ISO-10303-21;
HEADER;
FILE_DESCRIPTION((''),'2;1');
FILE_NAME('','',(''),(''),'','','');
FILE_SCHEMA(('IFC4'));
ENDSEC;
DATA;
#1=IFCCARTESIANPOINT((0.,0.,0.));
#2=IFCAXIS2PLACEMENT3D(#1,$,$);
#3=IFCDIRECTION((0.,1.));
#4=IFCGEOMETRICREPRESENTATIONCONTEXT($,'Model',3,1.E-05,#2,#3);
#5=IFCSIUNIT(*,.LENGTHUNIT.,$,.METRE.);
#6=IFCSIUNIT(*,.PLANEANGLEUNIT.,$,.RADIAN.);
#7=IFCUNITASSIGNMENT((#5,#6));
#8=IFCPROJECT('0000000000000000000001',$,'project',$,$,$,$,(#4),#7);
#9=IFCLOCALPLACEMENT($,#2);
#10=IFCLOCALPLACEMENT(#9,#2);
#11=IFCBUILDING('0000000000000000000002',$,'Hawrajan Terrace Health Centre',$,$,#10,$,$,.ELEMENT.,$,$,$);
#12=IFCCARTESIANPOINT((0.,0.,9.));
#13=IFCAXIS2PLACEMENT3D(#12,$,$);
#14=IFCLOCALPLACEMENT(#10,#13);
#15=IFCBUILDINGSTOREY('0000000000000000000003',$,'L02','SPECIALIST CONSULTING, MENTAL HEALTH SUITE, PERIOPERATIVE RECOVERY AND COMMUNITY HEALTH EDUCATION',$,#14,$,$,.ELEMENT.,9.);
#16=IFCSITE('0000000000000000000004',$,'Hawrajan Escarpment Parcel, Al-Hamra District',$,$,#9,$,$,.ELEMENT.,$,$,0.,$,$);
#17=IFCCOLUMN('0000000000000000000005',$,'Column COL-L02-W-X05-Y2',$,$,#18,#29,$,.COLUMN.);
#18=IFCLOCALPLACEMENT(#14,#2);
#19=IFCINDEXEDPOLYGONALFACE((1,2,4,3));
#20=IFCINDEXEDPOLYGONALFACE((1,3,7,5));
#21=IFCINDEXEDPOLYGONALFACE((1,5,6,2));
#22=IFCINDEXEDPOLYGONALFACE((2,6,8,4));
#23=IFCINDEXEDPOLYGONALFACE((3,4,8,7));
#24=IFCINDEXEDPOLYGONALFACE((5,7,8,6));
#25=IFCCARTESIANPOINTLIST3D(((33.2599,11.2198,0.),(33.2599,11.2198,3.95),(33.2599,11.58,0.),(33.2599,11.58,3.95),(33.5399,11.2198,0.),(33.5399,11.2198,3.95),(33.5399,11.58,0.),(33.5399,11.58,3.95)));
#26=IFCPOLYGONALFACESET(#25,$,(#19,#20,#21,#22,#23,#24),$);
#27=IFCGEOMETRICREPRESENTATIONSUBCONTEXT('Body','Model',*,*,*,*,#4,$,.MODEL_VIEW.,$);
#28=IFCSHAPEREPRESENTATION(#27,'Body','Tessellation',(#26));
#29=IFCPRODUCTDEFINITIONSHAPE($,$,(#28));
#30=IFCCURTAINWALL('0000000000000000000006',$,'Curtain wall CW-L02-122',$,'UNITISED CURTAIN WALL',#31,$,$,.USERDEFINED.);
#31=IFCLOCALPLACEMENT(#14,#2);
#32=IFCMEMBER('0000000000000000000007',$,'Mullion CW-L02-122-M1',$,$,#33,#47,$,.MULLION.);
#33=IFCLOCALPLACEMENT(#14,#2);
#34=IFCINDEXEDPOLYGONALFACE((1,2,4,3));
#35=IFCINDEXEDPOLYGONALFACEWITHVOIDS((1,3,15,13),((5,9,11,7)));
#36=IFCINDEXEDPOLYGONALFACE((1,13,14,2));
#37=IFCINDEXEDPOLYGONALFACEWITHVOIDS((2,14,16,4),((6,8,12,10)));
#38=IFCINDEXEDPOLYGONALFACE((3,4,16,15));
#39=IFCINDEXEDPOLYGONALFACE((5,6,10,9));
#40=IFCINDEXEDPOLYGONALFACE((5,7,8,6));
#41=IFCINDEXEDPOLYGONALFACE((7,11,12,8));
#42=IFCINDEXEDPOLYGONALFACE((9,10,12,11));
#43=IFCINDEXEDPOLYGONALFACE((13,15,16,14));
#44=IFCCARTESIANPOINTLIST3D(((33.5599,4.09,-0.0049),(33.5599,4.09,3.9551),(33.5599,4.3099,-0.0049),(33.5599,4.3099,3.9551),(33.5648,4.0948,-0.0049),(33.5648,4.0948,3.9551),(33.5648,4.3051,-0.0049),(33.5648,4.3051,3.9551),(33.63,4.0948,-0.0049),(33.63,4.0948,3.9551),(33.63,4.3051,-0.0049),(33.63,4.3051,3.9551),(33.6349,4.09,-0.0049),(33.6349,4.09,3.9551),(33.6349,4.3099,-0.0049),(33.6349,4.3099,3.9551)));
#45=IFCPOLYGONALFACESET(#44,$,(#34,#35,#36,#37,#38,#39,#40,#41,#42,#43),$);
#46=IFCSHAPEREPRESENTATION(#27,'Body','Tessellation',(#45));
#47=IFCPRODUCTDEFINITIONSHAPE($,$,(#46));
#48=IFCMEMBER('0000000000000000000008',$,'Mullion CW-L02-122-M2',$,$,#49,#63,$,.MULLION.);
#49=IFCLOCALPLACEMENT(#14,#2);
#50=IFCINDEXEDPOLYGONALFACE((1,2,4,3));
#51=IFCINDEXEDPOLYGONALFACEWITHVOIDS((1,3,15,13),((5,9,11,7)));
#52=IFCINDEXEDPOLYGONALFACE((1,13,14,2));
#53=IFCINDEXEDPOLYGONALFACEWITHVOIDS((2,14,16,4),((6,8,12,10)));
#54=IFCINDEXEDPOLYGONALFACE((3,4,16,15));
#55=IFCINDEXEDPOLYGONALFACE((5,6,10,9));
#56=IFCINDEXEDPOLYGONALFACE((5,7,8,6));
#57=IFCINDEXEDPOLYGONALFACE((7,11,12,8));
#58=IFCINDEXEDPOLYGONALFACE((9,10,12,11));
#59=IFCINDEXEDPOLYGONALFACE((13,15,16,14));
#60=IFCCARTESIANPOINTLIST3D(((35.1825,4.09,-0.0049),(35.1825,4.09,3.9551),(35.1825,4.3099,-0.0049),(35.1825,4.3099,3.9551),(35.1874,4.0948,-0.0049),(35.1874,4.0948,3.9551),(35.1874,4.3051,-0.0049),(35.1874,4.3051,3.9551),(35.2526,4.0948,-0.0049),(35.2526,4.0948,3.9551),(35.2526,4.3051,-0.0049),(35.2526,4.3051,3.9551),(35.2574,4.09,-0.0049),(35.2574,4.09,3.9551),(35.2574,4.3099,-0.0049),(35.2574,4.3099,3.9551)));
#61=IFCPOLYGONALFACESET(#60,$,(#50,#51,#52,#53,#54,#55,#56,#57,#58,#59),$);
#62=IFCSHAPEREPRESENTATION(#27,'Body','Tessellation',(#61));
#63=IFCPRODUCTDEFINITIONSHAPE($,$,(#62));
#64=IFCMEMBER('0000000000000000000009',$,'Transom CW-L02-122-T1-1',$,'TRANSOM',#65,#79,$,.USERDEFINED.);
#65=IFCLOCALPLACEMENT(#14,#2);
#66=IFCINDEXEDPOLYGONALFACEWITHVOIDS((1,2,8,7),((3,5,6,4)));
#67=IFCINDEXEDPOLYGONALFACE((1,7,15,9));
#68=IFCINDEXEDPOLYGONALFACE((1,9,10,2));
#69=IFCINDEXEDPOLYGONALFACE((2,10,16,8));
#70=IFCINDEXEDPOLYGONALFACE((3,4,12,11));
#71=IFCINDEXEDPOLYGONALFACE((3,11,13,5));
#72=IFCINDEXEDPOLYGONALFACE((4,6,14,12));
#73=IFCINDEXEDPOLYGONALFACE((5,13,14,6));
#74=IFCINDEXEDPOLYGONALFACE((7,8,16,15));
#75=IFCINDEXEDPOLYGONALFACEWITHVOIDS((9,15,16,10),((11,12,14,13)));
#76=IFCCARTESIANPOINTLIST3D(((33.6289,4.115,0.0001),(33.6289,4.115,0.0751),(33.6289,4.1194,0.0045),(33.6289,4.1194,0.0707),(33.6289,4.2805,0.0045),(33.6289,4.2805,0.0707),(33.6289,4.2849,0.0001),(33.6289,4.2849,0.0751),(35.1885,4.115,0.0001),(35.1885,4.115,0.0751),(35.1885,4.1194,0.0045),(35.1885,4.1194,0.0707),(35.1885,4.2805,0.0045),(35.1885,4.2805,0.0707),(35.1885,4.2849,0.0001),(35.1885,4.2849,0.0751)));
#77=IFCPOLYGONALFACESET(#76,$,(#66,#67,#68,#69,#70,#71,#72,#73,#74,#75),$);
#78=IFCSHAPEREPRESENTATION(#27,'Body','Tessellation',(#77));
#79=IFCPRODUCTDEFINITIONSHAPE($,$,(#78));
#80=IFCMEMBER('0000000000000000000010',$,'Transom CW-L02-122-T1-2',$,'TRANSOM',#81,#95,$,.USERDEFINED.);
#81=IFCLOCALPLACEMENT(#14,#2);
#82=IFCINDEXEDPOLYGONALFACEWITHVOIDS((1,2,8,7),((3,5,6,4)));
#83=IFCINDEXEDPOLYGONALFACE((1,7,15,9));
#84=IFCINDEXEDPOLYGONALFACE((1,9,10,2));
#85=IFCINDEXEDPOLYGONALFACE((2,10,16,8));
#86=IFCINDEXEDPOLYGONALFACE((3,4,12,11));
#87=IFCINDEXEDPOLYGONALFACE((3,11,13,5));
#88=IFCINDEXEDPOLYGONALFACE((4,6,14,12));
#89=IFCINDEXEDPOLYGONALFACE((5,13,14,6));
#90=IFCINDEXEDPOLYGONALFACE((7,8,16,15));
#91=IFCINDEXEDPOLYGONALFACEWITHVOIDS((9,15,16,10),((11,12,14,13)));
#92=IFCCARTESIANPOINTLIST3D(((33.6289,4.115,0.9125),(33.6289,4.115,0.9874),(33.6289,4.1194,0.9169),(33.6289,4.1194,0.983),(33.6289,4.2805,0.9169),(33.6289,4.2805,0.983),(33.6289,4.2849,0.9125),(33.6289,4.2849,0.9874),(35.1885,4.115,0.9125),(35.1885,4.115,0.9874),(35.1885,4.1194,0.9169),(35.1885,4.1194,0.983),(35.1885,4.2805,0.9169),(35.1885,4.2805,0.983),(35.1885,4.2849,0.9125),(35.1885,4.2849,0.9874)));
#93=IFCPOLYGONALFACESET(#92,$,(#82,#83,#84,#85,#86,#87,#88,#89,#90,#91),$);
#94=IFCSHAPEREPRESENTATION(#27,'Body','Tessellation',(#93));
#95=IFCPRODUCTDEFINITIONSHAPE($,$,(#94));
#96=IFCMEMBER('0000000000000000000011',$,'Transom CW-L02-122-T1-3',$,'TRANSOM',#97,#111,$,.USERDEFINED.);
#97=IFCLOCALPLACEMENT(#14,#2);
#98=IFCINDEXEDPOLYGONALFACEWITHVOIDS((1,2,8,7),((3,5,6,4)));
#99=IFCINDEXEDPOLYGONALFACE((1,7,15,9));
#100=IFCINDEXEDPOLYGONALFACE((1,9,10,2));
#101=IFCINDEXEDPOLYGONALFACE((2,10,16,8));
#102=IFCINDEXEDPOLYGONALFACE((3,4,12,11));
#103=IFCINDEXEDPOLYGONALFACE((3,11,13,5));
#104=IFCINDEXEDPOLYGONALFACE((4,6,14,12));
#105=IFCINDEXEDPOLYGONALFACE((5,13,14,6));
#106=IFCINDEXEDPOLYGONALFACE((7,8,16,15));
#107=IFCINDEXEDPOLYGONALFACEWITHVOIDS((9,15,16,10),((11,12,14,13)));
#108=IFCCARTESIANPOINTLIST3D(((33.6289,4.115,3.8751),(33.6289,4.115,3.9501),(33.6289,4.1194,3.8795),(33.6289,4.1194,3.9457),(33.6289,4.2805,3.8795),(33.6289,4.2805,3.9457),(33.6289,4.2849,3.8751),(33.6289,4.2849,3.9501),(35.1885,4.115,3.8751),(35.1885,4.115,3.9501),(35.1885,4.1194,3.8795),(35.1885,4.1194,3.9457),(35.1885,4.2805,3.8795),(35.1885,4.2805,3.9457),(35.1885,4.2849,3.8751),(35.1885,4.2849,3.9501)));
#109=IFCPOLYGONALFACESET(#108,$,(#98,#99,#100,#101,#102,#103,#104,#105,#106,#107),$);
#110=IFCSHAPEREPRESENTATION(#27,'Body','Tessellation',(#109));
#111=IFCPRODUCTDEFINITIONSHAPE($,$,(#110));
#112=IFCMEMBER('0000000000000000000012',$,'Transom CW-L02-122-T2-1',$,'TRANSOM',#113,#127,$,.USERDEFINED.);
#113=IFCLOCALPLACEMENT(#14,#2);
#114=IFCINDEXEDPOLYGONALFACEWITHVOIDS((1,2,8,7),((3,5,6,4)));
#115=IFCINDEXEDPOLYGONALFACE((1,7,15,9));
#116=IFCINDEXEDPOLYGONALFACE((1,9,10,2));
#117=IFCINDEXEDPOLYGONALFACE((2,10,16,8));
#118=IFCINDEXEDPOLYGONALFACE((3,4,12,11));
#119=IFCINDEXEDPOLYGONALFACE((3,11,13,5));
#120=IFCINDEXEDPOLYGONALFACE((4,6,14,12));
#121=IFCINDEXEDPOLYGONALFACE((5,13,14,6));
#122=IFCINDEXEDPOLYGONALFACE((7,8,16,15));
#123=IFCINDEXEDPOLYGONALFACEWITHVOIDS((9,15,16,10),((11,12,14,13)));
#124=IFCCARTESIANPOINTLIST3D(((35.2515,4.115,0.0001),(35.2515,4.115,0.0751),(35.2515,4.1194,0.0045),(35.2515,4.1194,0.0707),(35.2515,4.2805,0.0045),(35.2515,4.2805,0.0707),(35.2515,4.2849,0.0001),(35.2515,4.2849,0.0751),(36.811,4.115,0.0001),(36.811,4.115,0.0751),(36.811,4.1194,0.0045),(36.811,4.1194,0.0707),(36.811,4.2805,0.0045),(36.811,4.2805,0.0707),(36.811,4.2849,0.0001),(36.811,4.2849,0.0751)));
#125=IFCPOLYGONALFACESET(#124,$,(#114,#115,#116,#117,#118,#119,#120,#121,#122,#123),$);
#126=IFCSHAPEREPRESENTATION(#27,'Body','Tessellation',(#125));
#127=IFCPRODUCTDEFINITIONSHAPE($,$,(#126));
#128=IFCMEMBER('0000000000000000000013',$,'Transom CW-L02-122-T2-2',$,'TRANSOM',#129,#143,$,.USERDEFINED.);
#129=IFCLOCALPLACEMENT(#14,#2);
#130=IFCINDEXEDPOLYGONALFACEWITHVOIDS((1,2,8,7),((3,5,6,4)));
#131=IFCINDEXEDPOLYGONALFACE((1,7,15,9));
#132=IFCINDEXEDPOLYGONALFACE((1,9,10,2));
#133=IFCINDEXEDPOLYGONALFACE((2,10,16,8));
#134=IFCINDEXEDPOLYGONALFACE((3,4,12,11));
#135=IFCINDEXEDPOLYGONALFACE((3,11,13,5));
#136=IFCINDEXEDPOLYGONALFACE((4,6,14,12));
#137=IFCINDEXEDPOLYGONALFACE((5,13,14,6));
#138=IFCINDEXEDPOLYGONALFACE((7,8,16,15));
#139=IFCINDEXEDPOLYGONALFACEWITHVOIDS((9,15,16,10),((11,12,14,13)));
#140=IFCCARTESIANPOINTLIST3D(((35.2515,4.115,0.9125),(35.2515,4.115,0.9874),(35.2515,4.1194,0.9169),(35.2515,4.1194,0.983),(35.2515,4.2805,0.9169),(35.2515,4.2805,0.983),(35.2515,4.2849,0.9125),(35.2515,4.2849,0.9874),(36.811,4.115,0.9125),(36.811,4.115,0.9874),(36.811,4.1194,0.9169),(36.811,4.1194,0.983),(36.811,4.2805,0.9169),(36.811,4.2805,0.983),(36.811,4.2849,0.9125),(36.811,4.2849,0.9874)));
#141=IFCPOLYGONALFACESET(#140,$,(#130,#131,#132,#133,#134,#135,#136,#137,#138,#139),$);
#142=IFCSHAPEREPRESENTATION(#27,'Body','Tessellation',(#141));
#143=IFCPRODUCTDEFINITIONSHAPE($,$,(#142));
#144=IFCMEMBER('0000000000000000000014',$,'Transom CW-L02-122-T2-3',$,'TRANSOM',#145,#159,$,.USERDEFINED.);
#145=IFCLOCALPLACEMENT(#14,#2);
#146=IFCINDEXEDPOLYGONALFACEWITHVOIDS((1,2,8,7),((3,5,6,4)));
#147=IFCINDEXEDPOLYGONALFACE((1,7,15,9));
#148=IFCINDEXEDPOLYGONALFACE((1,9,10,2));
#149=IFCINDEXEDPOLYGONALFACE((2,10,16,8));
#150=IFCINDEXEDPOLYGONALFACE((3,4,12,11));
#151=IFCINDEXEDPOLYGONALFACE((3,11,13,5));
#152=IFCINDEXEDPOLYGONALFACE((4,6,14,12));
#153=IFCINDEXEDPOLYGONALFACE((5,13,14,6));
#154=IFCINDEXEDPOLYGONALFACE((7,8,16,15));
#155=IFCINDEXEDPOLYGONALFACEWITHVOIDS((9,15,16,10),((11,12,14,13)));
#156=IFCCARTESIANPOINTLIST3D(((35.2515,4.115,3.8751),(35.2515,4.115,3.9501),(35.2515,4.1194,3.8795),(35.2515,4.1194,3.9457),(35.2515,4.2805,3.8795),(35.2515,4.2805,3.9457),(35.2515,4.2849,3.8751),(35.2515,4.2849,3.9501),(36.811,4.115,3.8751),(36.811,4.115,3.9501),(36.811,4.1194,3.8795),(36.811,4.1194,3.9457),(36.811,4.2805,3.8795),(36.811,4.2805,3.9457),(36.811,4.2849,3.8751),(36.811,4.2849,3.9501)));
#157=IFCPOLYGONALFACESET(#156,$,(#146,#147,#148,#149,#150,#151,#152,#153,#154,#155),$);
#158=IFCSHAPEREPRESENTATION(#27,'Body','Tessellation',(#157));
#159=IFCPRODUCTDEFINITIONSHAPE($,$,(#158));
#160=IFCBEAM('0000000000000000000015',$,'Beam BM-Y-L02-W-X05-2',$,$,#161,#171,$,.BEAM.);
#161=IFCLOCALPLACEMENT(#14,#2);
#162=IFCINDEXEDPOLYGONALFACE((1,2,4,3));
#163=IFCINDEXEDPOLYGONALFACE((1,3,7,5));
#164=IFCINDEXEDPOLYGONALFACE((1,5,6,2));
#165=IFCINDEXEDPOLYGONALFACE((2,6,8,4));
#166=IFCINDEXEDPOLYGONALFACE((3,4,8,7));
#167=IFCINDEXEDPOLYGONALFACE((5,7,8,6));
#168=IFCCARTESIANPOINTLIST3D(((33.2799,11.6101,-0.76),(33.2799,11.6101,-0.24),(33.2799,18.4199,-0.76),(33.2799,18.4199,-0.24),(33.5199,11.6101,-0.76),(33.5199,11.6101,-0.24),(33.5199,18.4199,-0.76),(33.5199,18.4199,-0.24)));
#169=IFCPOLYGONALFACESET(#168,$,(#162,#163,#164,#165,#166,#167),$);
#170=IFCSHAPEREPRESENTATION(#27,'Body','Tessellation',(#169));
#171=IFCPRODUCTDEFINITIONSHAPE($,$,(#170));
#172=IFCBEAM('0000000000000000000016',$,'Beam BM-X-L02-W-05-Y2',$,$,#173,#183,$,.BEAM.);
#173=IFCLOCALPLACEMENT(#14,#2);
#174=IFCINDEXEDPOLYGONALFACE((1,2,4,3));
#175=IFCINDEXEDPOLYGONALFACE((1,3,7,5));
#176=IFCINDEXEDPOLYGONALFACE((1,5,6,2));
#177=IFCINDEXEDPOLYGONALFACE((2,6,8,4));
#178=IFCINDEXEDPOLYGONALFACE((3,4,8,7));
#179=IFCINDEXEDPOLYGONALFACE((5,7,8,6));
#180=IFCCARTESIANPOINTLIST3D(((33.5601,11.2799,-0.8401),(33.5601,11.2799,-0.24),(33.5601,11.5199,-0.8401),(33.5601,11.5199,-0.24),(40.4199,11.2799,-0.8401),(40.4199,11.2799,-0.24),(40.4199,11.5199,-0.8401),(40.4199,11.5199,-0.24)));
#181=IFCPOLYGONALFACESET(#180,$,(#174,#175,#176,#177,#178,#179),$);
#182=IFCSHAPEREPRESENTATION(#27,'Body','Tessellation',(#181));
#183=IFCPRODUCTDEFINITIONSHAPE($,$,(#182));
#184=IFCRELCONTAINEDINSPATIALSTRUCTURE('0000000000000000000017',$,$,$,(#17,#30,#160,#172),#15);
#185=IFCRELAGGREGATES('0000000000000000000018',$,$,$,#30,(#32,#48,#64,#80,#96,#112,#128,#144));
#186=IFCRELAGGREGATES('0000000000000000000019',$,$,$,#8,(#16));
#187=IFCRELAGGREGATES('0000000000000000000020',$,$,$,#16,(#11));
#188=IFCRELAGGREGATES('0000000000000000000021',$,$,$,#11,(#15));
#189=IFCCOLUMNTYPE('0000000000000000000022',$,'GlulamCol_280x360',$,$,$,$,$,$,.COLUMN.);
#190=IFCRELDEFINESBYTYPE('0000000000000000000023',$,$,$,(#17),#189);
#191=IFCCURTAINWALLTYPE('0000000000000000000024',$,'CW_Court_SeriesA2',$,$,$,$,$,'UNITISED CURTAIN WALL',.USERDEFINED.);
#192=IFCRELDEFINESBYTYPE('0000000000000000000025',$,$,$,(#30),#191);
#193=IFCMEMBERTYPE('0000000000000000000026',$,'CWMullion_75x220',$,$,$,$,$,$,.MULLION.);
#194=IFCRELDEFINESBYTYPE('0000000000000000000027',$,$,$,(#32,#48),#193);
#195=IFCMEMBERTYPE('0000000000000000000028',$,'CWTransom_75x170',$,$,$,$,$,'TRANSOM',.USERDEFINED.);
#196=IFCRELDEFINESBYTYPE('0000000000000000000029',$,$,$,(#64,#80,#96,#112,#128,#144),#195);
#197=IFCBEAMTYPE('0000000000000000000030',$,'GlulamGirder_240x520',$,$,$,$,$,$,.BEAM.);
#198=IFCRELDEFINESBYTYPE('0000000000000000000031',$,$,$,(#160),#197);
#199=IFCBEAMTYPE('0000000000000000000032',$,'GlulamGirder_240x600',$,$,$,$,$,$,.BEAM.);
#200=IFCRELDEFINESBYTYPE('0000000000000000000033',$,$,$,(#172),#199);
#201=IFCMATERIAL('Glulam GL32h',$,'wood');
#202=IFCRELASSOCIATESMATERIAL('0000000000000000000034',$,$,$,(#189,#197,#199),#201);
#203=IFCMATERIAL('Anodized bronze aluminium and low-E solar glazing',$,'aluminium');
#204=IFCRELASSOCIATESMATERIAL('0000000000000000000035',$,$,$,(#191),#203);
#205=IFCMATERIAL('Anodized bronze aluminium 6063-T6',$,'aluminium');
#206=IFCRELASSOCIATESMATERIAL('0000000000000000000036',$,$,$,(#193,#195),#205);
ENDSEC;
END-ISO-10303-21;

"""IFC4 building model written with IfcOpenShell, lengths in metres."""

from ifc_helpers import new_model, si_unit, direction, frame, origin, origin_2d, place, context, subcontext, project, spatial, rectangle, hollow_rectangle, extrude, material, material_profile, profile_set, type_object, element, aggregate, save


model = new_model("IFC4")

# Units and contexts
model_context = context("Model", 3, precision=1e-05, world=origin(), true_north=direction((0.0, 1.0)))
body_context = subcontext(model_context, "Body", "Model", "MODEL_VIEW")
ifc_project = project(units=[si_unit("LENGTHUNIT", "METRE"), si_unit("PLANEANGLEUNIT", "RADIAN")], contexts=[model_context])

# Site, building, storey
site_placement = place(None, origin())
site = spatial("IfcSite", under=ifc_project, at=site_placement, Name="Hawrajan Escarpment Parcel, Al-Hamra District", CompositionType="ELEMENT", RefElevation=0.0)
building_placement = place(site_placement, origin())
building = spatial("IfcBuilding", under=site, at=building_placement, Name="Hawrajan Terrace Health Centre", CompositionType="ELEMENT")
storey_placement = place(building_placement, frame((0.0, 0.0, 9.0)))
storey = spatial("IfcBuildingStorey", under=building, at=storey_placement, Name="L02", Description="SPECIALIST CONSULTING, MENTAL HEALTH SUITE, PERIOPERATIVE RECOVERY AND COMMUNITY HEALTH EDUCATION", CompositionType="ELEMENT", Elevation=9.0)

# Column
ifc_material_1 = material(Name="Glulam GL32h", Category="wood")
ifc_material_profile_1 = material_profile(ifc_material_1, rectangle(XDim=0.28, YDim=0.3601, at=origin_2d()), Name="GL 280x360")
ifc_profile_set_1 = profile_set([ifc_material_profile_1], Name="Glulam GL32h")
column_type = type_object("IfcColumnType", Name="GlulamCol_280x360", PredefinedType="COLUMN", material=ifc_profile_set_1)
column_placement = place(storey_placement, frame((33.3999, 11.3999, 0.0), z_axis=(0.0, 0.0, 1.0), x_axis=(1.0, 0.0, 0.0)))
element("IfcColumn", 1, at=column_placement, inside=storey, type_object=column_type, Name="Column COL-L02-W-X05-Y2", PredefinedType="COLUMN", context=body_context, shape_type="SweptSolid", body=[
    extrude(rectangle(XDim=0.28, YDim=0.3601, at=origin_2d()), origin(), (0.0, 0.0, 1.0), 3.95),
])

# Curtain wall, members
ifc_material_2 = material(Name="Anodized bronze aluminium and low-E solar glazing", Category="aluminium")
curtain_wall_type = type_object("IfcCurtainWallType", Name="CW_Court_SeriesA2", ElementType="UNITISED CURTAIN WALL", PredefinedType="USERDEFINED", material=ifc_material_2)
curtain_wall_placement = place(storey_placement, origin())
curtain_wall = element("IfcCurtainWall", 2, at=curtain_wall_placement, inside=storey, type_object=curtain_wall_type, Name="Curtain wall CW-L02-122", ObjectType="UNITISED CURTAIN WALL", PredefinedType="USERDEFINED")
ifc_material_3 = material(Name="Anodized bronze aluminium 6063-T6", Category="aluminium")
ifc_material_profile_2 = material_profile(ifc_material_3, hollow_rectangle(XDim=0.075, YDim=0.22, WallThickness=0.0049, at=origin_2d()), Name="CW MUL 75x220")
ifc_profile_set_2 = profile_set([ifc_material_profile_2], Name="Anodized bronze aluminium 6063-T6")
member_type_1 = type_object("IfcMemberType", Name="CWMullion_75x220", PredefinedType="MULLION", material=ifc_profile_set_2)
member_1_placement = place(storey_placement, frame((33.5974, 4.2, -0.0049), z_axis=(0.0, 0.0, 1.0), x_axis=(1.0, 0.0, 0.0)))
member_1 = element("IfcMember", 3, at=member_1_placement, type_object=member_type_1, Name="Mullion CW-L02-122-M1", PredefinedType="MULLION", context=body_context, shape_type="SweptSolid", body=[
    extrude(hollow_rectangle(XDim=0.075, YDim=0.22, WallThickness=0.0049, at=origin_2d()), origin(), (0.0, 0.0, 1.0), 3.96),
])
member_2_placement = place(storey_placement, frame((35.22, 4.2, -0.0049), z_axis=(0.0, 0.0, 1.0), x_axis=(1.0, 0.0, 0.0)))
member_2 = element("IfcMember", 4, at=member_2_placement, type_object=member_type_1, Name="Mullion CW-L02-122-M2", PredefinedType="MULLION", context=body_context, shape_type="SweptSolid", body=[
    extrude(hollow_rectangle(XDim=0.075, YDim=0.22, WallThickness=0.0049, at=origin_2d()), origin(), (0.0, 0.0, 1.0), 3.96),
])
ifc_material_profile_3 = material_profile(ifc_material_3, hollow_rectangle(XDim=0.075, YDim=0.1699, WallThickness=0.0044, at=origin_2d()), Name="CW TRN 75x170")
ifc_profile_set_3 = profile_set([ifc_material_profile_3], Name="Anodized bronze aluminium 6063-T6")
member_type_2 = type_object("IfcMemberType", Name="CWTransom_75x170", ElementType="TRANSOM", PredefinedType="USERDEFINED", material=ifc_profile_set_3)
member_3_placement = place(storey_placement, frame((33.6289, 4.2, 0.0376), z_axis=(1.0, 0.0, 0.0), x_axis=(0.0, 0.0, 1.0)))
member_3 = element("IfcMember", 5, at=member_3_placement, type_object=member_type_2, Name="Transom CW-L02-122-T1-1", ObjectType="TRANSOM", PredefinedType="USERDEFINED", context=body_context, shape_type="SweptSolid", body=[
    extrude(hollow_rectangle(XDim=0.075, YDim=0.1699, WallThickness=0.0044, at=origin_2d()), origin(), (0.0, 0.0, 1.0), 1.5596),
])
member_4_placement = place(storey_placement, frame((33.6289, 4.2, 0.95), z_axis=(1.0, 0.0, 0.0), x_axis=(0.0, 0.0, 1.0)))
member_4 = element("IfcMember", 6, at=member_4_placement, type_object=member_type_2, Name="Transom CW-L02-122-T1-2", ObjectType="TRANSOM", PredefinedType="USERDEFINED", context=body_context, shape_type="SweptSolid", body=[
    extrude(hollow_rectangle(XDim=0.075, YDim=0.1699, WallThickness=0.0044, at=origin_2d()), origin(), (0.0, 0.0, 1.0), 1.5596),
])
member_5_placement = place(storey_placement, frame((33.6289, 4.2, 3.9126), z_axis=(1.0, 0.0, 0.0), x_axis=(0.0, 0.0, 1.0)))
member_5 = element("IfcMember", 7, at=member_5_placement, type_object=member_type_2, Name="Transom CW-L02-122-T1-3", ObjectType="TRANSOM", PredefinedType="USERDEFINED", context=body_context, shape_type="SweptSolid", body=[
    extrude(hollow_rectangle(XDim=0.075, YDim=0.1699, WallThickness=0.0044, at=origin_2d()), origin(), (0.0, 0.0, 1.0), 1.5596),
])
member_6_placement = place(storey_placement, frame((35.2515, 4.2, 0.0376), z_axis=(1.0, 0.0, 0.0), x_axis=(0.0, 0.0, 1.0)))
member_6 = element("IfcMember", 8, at=member_6_placement, type_object=member_type_2, Name="Transom CW-L02-122-T2-1", ObjectType="TRANSOM", PredefinedType="USERDEFINED", context=body_context, shape_type="SweptSolid", body=[
    extrude(hollow_rectangle(XDim=0.075, YDim=0.1699, WallThickness=0.0044, at=origin_2d()), origin(), (0.0, 0.0, 1.0), 1.5596),
])
member_7_placement = place(storey_placement, frame((35.2515, 4.2, 0.95), z_axis=(1.0, 0.0, 0.0), x_axis=(0.0, 0.0, 1.0)))
member_7 = element("IfcMember", 9, at=member_7_placement, type_object=member_type_2, Name="Transom CW-L02-122-T2-2", ObjectType="TRANSOM", PredefinedType="USERDEFINED", context=body_context, shape_type="SweptSolid", body=[
    extrude(hollow_rectangle(XDim=0.075, YDim=0.1699, WallThickness=0.0044, at=origin_2d()), origin(), (0.0, 0.0, 1.0), 1.5596),
])
member_8_placement = place(storey_placement, frame((35.2515, 4.2, 3.9126), z_axis=(1.0, 0.0, 0.0), x_axis=(0.0, 0.0, 1.0)))
member_8 = element("IfcMember", 10, at=member_8_placement, type_object=member_type_2, Name="Transom CW-L02-122-T2-3", ObjectType="TRANSOM", PredefinedType="USERDEFINED", context=body_context, shape_type="SweptSolid", body=[
    extrude(hollow_rectangle(XDim=0.075, YDim=0.1699, WallThickness=0.0044, at=origin_2d()), origin(), (0.0, 0.0, 1.0), 1.5596),
])

# Beams
ifc_material_profile_4 = material_profile(ifc_material_1, rectangle(XDim=0.24, YDim=0.52, at=origin_2d()), Name="GL BM 240x520")
ifc_profile_set_4 = profile_set([ifc_material_profile_4], Name="Glulam GL32h")
beam_type_1 = type_object("IfcBeamType", Name="GlulamGirder_240x520", PredefinedType="BEAM", material=ifc_profile_set_4)
beam_1_placement = place(storey_placement, frame((33.3999, 11.6101, -0.5), z_axis=(0.0, 1.0, 0.0), x_axis=(-1.0, 0.0, 0.0)))
element("IfcBeam", 11, at=beam_1_placement, inside=storey, type_object=beam_type_1, Name="Beam BM-Y-L02-W-X05-2", PredefinedType="BEAM", context=body_context, shape_type="SweptSolid", body=[
    extrude(rectangle(XDim=0.24, YDim=0.52, at=origin_2d()), origin(), (0.0, 0.0, 1.0), 6.8098),
])
ifc_material_profile_5 = material_profile(ifc_material_1, rectangle(XDim=0.24, YDim=0.6001, at=origin_2d()), Name="GL BM 240x600")
ifc_profile_set_5 = profile_set([ifc_material_profile_5], Name="Glulam GL32h")
beam_type_2 = type_object("IfcBeamType", Name="GlulamGirder_240x600", PredefinedType="BEAM", material=ifc_profile_set_5)
beam_2_placement = place(storey_placement, frame((33.5601, 11.3999, -0.54), z_axis=(1.0, 0.0, 0.0), x_axis=(0.0, 1.0, 0.0)))
element("IfcBeam", 12, at=beam_2_placement, inside=storey, type_object=beam_type_2, Name="Beam BM-X-L02-W-05-Y2", PredefinedType="BEAM", context=body_context, shape_type="SweptSolid", body=[
    extrude(rectangle(XDim=0.24, YDim=0.6001, at=origin_2d()), origin(), (0.0, 0.0, 1.0), 6.8599),
])

aggregate(curtain_wall, [member_1, member_2, member_3, member_4, member_5, member_6, member_7, member_8])

save(model, "model.ifc")
